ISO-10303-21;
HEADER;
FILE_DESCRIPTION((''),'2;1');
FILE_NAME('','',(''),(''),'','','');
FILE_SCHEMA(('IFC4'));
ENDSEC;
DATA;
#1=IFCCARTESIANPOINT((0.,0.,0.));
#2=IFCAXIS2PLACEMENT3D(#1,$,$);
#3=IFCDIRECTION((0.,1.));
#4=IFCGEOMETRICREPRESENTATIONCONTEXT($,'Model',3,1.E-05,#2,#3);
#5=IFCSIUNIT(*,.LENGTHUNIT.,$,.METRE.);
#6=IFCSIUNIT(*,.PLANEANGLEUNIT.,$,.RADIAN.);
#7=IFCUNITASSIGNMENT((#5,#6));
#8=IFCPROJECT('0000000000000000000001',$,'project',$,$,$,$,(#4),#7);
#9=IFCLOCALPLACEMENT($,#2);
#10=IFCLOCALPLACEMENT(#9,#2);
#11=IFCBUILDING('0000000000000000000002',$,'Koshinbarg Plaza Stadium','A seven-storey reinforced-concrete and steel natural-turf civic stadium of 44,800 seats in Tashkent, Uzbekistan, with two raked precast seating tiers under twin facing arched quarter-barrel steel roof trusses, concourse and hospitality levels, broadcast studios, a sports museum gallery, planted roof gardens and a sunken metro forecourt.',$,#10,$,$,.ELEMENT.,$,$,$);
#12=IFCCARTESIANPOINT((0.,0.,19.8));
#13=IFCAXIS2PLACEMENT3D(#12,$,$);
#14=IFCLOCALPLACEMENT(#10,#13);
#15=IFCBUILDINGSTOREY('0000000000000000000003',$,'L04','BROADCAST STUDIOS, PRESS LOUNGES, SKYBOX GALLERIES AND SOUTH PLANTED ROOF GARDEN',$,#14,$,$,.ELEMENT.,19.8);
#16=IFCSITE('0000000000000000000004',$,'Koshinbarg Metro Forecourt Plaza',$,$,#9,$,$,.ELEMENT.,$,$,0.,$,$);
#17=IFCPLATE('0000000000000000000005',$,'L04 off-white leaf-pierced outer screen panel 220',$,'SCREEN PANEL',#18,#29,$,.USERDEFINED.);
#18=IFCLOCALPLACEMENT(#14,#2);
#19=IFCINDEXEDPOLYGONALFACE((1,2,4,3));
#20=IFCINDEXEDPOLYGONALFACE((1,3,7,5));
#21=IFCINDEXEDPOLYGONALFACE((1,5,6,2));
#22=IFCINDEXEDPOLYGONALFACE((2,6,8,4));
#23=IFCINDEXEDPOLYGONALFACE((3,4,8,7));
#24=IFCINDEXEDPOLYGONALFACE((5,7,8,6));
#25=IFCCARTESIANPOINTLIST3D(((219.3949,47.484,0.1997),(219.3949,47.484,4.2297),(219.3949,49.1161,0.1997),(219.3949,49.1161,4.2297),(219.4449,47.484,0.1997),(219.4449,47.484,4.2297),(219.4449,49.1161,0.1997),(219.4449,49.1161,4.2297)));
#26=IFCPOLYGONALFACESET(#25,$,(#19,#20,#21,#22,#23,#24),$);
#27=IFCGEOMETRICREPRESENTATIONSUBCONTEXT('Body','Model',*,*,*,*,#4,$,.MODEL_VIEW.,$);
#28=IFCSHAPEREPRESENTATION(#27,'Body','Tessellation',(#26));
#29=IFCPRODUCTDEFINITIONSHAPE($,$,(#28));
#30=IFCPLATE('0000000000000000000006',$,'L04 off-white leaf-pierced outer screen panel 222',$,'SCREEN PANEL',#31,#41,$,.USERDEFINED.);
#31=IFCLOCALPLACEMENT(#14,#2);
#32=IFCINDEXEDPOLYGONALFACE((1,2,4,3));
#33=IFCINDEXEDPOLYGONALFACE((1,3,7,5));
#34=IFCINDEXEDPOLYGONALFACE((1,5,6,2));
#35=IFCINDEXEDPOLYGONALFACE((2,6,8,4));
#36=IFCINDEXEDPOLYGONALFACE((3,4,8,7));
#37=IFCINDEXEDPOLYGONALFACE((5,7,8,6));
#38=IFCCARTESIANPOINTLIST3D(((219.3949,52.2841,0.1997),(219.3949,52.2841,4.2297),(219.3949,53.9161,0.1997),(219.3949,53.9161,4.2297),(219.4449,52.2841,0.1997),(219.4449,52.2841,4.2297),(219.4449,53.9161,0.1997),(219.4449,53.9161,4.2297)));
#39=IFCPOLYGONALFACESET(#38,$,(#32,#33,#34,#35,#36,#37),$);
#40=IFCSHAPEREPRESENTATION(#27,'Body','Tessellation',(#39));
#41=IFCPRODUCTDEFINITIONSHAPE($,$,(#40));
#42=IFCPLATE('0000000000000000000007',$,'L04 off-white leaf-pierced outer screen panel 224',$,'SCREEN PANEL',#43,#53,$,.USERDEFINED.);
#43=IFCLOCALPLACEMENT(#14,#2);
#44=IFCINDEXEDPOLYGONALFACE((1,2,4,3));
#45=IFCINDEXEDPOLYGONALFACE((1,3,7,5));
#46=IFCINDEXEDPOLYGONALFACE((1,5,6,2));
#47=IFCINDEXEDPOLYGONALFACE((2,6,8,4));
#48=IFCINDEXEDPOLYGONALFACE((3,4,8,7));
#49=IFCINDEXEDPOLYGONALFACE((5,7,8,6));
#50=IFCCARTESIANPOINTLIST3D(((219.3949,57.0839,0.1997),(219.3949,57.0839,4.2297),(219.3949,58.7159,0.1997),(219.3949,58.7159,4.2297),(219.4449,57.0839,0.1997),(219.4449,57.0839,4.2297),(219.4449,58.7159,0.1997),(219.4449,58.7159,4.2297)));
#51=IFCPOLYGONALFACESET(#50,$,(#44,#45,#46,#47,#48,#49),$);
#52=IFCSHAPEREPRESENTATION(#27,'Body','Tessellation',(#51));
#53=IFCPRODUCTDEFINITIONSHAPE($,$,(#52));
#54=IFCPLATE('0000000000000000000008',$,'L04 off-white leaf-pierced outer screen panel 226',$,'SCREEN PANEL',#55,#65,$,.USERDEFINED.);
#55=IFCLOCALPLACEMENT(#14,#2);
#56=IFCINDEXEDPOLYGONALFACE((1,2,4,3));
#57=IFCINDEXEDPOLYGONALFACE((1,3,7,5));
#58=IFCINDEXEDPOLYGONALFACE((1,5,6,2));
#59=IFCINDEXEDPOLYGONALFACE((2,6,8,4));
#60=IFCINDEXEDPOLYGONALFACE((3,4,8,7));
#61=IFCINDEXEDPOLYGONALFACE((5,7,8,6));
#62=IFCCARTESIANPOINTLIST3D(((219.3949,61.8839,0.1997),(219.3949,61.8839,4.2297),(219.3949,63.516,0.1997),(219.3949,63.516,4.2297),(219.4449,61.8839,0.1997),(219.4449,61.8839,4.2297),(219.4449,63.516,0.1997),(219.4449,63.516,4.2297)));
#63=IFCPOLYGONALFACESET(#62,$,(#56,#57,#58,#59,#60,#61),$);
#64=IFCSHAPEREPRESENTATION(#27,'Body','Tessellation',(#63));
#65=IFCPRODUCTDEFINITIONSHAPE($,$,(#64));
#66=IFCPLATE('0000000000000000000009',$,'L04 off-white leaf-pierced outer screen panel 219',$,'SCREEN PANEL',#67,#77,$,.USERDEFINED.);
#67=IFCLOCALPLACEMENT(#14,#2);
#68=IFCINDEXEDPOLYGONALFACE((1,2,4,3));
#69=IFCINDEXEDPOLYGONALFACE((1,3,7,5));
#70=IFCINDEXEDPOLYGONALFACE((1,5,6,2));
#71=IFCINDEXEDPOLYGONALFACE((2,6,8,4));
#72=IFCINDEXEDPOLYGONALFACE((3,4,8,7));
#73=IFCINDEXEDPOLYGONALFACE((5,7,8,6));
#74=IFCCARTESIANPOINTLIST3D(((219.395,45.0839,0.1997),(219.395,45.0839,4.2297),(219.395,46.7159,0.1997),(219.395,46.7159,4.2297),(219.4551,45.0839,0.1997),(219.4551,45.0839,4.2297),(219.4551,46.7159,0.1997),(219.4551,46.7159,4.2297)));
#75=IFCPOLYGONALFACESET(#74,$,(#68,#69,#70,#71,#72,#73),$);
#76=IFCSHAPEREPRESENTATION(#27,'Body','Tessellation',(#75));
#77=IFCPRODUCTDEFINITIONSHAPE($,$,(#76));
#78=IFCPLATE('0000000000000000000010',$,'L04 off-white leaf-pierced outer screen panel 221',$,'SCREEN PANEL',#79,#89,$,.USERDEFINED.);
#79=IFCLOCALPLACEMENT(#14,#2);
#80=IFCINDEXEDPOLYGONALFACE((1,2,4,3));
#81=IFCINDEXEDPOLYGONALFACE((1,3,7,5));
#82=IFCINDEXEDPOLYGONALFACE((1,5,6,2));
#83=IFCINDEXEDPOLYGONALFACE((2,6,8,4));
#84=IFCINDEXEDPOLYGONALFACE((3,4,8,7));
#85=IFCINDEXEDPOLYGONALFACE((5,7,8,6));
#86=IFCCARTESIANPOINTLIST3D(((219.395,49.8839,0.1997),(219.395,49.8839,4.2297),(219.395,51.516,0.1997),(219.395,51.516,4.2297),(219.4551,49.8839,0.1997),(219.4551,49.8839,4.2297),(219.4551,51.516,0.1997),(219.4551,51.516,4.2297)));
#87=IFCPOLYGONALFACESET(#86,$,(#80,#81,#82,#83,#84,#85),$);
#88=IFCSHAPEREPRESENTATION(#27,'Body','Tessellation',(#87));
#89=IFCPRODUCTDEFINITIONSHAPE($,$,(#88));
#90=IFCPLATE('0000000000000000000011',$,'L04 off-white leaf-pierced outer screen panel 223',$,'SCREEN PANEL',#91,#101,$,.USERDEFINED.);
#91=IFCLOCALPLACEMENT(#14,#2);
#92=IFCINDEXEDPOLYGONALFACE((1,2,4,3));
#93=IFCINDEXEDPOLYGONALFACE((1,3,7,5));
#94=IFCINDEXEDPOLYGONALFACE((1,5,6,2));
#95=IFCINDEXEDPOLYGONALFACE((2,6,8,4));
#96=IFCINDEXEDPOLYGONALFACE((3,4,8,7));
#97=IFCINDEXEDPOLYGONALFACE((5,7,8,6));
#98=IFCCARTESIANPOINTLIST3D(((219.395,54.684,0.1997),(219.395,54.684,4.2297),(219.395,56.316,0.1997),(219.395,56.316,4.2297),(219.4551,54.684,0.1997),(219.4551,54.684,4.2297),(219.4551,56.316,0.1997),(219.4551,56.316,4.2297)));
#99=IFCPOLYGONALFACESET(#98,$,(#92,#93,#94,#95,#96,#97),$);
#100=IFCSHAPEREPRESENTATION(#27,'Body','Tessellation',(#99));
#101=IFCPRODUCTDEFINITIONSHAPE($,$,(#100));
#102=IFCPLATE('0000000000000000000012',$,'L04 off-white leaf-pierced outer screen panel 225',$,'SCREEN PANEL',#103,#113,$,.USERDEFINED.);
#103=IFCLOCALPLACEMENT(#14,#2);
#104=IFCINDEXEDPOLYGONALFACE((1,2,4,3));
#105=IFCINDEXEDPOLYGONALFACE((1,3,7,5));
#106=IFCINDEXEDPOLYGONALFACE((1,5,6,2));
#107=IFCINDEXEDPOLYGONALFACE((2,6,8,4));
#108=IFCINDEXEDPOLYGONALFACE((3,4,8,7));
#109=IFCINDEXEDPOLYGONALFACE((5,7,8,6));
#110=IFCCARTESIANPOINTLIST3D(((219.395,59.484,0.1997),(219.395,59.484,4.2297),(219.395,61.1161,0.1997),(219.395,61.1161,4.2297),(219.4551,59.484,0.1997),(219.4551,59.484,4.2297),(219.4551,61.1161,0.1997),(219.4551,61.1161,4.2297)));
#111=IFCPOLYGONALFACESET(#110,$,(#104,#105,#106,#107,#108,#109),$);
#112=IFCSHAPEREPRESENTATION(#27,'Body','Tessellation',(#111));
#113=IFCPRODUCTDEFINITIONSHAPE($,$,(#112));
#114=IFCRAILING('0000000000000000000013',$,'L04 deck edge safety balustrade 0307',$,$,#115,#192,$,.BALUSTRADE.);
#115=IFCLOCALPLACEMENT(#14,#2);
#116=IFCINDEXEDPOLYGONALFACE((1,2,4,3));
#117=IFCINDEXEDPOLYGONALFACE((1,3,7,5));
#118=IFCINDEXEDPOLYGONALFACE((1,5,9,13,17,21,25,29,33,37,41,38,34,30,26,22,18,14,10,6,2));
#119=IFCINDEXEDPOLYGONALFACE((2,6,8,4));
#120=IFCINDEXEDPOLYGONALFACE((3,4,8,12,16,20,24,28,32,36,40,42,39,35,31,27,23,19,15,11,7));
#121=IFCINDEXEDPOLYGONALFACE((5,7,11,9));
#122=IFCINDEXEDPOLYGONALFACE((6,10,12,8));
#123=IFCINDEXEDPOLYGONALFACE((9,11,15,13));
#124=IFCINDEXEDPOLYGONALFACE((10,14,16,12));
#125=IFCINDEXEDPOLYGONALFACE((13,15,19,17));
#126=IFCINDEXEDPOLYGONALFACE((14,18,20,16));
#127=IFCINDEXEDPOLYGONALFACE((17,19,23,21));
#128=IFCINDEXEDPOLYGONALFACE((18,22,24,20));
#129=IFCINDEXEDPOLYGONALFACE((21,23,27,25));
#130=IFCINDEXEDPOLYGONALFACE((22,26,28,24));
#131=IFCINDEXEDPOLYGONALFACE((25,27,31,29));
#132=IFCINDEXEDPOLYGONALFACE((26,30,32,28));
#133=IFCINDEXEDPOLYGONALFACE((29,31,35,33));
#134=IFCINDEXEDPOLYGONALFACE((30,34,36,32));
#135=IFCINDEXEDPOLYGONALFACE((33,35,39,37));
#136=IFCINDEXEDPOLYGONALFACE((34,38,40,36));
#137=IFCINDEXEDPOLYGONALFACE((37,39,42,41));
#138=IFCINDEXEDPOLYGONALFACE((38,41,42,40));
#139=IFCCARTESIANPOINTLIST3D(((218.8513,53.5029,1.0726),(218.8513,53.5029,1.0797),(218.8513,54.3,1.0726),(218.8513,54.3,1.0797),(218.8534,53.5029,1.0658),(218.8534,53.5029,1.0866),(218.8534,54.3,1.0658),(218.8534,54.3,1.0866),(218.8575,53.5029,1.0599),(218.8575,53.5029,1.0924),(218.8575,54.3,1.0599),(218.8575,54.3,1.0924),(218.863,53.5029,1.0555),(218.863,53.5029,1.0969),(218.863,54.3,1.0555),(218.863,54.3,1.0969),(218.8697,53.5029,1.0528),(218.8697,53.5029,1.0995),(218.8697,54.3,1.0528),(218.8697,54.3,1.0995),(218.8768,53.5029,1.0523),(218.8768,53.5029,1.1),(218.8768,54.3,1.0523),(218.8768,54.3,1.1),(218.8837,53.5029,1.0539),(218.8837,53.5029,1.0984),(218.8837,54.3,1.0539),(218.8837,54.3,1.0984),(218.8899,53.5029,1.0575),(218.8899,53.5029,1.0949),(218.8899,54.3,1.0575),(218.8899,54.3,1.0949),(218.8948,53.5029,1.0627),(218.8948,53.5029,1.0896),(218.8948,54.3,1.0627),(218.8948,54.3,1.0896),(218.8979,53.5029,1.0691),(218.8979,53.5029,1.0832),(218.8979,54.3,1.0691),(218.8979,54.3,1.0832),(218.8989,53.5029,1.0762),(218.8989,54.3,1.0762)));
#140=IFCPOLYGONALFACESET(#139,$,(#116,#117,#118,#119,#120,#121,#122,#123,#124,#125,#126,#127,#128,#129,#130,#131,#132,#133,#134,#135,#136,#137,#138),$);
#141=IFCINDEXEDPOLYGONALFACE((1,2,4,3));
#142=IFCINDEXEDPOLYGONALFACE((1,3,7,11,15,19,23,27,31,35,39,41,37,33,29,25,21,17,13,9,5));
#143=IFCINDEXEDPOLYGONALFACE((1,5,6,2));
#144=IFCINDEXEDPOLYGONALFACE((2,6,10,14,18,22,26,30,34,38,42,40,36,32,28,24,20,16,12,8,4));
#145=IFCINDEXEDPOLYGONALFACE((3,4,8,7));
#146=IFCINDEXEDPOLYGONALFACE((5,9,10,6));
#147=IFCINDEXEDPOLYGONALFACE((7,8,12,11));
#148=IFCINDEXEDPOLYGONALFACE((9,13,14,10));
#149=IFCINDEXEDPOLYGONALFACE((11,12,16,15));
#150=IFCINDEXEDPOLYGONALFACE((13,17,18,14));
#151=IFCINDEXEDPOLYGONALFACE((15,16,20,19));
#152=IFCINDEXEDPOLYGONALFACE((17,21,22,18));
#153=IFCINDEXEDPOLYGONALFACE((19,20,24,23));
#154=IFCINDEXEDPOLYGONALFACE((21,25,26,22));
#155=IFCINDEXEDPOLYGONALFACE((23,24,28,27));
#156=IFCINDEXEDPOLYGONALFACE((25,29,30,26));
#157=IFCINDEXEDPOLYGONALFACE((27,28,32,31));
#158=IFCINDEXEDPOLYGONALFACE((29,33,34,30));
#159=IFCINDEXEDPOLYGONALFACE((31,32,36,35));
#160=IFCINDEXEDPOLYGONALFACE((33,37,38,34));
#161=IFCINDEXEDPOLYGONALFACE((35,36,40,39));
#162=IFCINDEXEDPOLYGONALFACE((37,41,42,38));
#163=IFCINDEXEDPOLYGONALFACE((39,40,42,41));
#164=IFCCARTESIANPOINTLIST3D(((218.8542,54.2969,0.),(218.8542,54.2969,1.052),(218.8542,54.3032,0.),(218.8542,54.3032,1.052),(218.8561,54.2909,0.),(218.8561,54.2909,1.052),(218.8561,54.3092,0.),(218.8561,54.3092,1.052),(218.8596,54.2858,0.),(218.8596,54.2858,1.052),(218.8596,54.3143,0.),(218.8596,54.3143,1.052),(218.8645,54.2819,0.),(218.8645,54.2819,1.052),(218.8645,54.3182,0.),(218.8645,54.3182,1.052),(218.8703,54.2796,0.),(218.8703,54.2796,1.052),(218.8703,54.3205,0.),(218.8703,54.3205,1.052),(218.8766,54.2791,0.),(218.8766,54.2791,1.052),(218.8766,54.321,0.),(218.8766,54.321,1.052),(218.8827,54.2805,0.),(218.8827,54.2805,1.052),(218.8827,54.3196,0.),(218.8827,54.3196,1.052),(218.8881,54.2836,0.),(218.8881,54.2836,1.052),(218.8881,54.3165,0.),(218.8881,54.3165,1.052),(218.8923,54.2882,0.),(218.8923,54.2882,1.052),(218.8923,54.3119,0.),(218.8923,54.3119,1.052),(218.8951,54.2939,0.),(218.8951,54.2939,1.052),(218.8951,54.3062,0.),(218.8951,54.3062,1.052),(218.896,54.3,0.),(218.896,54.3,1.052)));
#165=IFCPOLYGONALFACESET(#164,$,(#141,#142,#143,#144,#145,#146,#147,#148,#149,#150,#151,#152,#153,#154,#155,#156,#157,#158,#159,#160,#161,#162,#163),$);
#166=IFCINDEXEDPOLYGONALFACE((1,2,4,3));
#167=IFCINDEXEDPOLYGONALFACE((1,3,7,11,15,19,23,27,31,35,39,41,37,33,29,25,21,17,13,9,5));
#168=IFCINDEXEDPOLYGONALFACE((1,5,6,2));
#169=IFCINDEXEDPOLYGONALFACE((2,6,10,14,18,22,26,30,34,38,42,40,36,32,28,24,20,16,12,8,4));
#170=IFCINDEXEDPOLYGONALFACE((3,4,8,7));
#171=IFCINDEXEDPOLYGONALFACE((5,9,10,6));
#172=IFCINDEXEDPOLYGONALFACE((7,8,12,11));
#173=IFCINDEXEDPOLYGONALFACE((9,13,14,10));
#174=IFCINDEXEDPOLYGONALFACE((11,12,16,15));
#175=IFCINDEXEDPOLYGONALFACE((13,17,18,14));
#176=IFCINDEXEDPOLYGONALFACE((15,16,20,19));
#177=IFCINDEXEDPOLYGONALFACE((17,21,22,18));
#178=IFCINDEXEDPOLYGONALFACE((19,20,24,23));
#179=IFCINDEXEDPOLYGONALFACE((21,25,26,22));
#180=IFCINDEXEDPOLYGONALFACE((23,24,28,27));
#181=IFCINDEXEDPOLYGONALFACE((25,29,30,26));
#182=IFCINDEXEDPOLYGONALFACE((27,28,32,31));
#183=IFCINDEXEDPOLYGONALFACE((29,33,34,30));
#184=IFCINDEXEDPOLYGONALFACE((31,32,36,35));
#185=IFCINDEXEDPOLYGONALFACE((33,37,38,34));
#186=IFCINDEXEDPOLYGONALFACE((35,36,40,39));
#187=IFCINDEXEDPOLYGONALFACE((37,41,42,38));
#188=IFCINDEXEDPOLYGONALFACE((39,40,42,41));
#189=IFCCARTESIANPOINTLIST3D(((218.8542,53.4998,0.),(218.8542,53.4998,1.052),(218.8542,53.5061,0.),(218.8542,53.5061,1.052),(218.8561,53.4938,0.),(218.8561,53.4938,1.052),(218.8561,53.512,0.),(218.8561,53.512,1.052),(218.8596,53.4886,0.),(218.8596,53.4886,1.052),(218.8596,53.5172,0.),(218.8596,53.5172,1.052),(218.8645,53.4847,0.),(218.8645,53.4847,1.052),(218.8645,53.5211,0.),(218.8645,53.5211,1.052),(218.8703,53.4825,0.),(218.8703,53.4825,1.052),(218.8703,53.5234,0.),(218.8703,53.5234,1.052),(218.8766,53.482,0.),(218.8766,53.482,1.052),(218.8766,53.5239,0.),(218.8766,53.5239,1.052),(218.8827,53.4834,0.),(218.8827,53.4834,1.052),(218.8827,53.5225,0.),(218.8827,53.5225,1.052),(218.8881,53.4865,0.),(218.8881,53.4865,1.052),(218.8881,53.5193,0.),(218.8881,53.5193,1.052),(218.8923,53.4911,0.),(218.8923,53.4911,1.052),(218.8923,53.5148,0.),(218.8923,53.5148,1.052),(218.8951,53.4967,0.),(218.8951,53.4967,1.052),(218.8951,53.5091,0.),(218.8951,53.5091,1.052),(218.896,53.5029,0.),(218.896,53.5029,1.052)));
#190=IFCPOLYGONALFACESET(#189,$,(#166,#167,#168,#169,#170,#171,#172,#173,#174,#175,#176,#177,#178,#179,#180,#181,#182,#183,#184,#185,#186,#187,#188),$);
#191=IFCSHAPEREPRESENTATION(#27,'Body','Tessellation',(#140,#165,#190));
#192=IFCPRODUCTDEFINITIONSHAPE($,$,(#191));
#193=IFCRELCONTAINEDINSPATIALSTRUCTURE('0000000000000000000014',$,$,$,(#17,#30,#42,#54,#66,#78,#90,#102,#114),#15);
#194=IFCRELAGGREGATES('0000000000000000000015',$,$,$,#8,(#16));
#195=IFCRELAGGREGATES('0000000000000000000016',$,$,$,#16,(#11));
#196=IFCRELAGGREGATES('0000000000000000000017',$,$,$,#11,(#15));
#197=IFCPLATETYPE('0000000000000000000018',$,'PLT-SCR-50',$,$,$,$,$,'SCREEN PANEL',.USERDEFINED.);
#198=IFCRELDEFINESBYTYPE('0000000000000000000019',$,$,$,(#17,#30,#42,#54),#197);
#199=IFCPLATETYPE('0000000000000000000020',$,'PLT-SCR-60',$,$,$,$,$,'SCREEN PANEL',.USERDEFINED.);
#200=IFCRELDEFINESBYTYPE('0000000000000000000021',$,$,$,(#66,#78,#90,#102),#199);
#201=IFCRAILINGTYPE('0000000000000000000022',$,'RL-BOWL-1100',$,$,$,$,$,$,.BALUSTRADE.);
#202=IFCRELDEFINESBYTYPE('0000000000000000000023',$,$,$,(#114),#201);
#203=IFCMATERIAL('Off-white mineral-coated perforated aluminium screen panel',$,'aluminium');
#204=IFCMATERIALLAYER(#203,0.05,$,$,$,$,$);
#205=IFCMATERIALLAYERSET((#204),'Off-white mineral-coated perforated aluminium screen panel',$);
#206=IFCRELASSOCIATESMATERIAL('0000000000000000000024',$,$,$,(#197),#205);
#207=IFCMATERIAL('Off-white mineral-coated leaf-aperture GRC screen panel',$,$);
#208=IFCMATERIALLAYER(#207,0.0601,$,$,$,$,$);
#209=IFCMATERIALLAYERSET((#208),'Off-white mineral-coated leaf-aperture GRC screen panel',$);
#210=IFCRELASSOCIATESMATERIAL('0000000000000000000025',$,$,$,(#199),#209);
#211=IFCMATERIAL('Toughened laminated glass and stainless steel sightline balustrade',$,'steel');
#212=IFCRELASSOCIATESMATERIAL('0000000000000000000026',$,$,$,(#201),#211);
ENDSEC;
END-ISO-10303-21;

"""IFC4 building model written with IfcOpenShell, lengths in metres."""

from ifc_helpers import new_model, si_unit, direction, frame, origin, origin_2d, place, context, subcontext, project, spatial, rectangle, circle, extrude, material, layer, layer_set, type_object, element, save


model = new_model("IFC4")

# Units and contexts
model_context = context("Model", 3, precision=1e-05, world=origin(), true_north=direction((0.0, 1.0)))
body_context = subcontext(model_context, "Body", "Model", "MODEL_VIEW")
ifc_project = project(units=[si_unit("LENGTHUNIT", "METRE"), si_unit("PLANEANGLEUNIT", "RADIAN")], contexts=[model_context])

# Site, building, storey
site_placement = place(None, origin())
site = spatial("IfcSite", under=ifc_project, at=site_placement, Name="Koshinbarg Metro Forecourt Plaza", CompositionType="ELEMENT", RefElevation=0.0)
building_placement = place(site_placement, origin())
building = spatial("IfcBuilding", under=site, at=building_placement, Name="Koshinbarg Plaza Stadium", Description="A seven-storey reinforced-concrete and steel natural-turf civic stadium of 44,800 seats in Tashkent, Uzbekistan, with two raked precast seating tiers under twin facing arched quarter-barrel steel roof trusses, concourse and hospitality levels, broadcast studios, a sports museum gallery, planted roof gardens and a sunken metro forecourt.", CompositionType="ELEMENT")
storey_placement = place(building_placement, frame((0.0, 0.0, 19.8)))
storey = spatial("IfcBuildingStorey", under=building, at=storey_placement, Name="L04", Description="BROADCAST STUDIOS, PRESS LOUNGES, SKYBOX GALLERIES AND SOUTH PLANTED ROOF GARDEN", CompositionType="ELEMENT", Elevation=19.8)

# Plates
ifc_material_1 = material(Name="Off-white mineral-coated perforated aluminium screen panel", Category="aluminium")
ifc_layer_1 = layer(ifc_material_1, 0.05)
ifc_layer_set_1 = layer_set([ifc_layer_1], Name="Off-white mineral-coated perforated aluminium screen panel")
plate_type_1 = type_object("IfcPlateType", Name="PLT-SCR-50", ElementType="SCREEN PANEL", PredefinedType="USERDEFINED", material=ifc_layer_set_1)
for number, where, z_axis, x_axis, name in (
    (1, (219.4199, 48.3, 0.1997), (0.0, 0.0, 1.0), (1.0, 0.0, 0.0), "L04 off-white leaf-pierced outer screen panel 220"),
    (2, (219.4199, 53.1001, 0.1997), (0.0, 0.0, 1.0), (1.0, 0.0, 0.0), "L04 off-white leaf-pierced outer screen panel 222"),
    (3, (219.4199, 57.8999, 0.1997), (0.0, 0.0, 1.0), (1.0, 0.0, 0.0), "L04 off-white leaf-pierced outer screen panel 224"),
    (4, (219.4199, 62.7, 0.1997), (0.0, 0.0, 1.0), (1.0, 0.0, 0.0), "L04 off-white leaf-pierced outer screen panel 226"),
):
    element("IfcPlate", number, at=place(storey_placement, frame(where, z_axis=z_axis, x_axis=x_axis)), inside=storey, type_object=plate_type_1, Name=name, ObjectType="SCREEN PANEL", PredefinedType="USERDEFINED", context=body_context, shape_type="SweptSolid", body=[
        extrude(rectangle(XDim=0.05, YDim=1.6321, at=origin_2d()), origin(), (0.0, 0.0, 1.0), 4.03),
    ])
ifc_material_2 = material(Name="Off-white mineral-coated leaf-aperture GRC screen panel")
ifc_layer_2 = layer(ifc_material_2, 0.0601)
ifc_layer_set_2 = layer_set([ifc_layer_2], Name="Off-white mineral-coated leaf-aperture GRC screen panel")
plate_type_2 = type_object("IfcPlateType", Name="PLT-SCR-60", ElementType="SCREEN PANEL", PredefinedType="USERDEFINED", material=ifc_layer_set_2)
for number, where, z_axis, x_axis, name in (
    (5, (219.425, 45.8999, 0.1997), (0.0, 0.0, 1.0), (1.0, 0.0, 0.0), "L04 off-white leaf-pierced outer screen panel 219"),
    (6, (219.425, 50.7, 0.1997), (0.0, 0.0, 1.0), (1.0, 0.0, 0.0), "L04 off-white leaf-pierced outer screen panel 221"),
    (7, (219.425, 55.5, 0.1997), (0.0, 0.0, 1.0), (1.0, 0.0, 0.0), "L04 off-white leaf-pierced outer screen panel 223"),
    (8, (219.425, 60.3, 0.1997), (0.0, 0.0, 1.0), (1.0, 0.0, 0.0), "L04 off-white leaf-pierced outer screen panel 225"),
):
    element("IfcPlate", number, at=place(storey_placement, frame(where, z_axis=z_axis, x_axis=x_axis)), inside=storey, type_object=plate_type_2, Name=name, ObjectType="SCREEN PANEL", PredefinedType="USERDEFINED", context=body_context, shape_type="SweptSolid", body=[
        extrude(rectangle(XDim=0.0601, YDim=1.6321, at=origin_2d()), origin(), (0.0, 0.0, 1.0), 4.03),
    ])

# Railing
ifc_material_3 = material(Name="Toughened laminated glass and stainless steel sightline balustrade", Category="steel")
railing_type = type_object("IfcRailingType", Name="RL-BOWL-1100", PredefinedType="BALUSTRADE", material=ifc_material_3)
railing_1_placement = place(storey_placement, frame((218.875, 54.3, 0.0)))
element("IfcRailing", 9, at=railing_1_placement, inside=storey, type_object=railing_type, Name="L04 deck edge safety balustrade 0307", PredefinedType="BALUSTRADE", context=body_context, shape_type="SweptSolid", body=[
    extrude(circle(Radius=0.0239, at=origin_2d()), frame((0.0, 0.0, 1.0762), z_axis=(0.0, -1.0, 0.0), x_axis=(1.0, 0.0, 0.0)), (0.0, 0.0, 1.0), 0.7971),
    extrude(circle(Radius=0.021, at=origin_2d()), origin(), (0.0, 0.0, 1.0), 1.052),
    extrude(circle(Radius=0.021, at=origin_2d()), frame((0.0, -0.7971, 0.0)), (0.0, 0.0, 1.0), 1.052),
])

save(model, "model.ifc")
